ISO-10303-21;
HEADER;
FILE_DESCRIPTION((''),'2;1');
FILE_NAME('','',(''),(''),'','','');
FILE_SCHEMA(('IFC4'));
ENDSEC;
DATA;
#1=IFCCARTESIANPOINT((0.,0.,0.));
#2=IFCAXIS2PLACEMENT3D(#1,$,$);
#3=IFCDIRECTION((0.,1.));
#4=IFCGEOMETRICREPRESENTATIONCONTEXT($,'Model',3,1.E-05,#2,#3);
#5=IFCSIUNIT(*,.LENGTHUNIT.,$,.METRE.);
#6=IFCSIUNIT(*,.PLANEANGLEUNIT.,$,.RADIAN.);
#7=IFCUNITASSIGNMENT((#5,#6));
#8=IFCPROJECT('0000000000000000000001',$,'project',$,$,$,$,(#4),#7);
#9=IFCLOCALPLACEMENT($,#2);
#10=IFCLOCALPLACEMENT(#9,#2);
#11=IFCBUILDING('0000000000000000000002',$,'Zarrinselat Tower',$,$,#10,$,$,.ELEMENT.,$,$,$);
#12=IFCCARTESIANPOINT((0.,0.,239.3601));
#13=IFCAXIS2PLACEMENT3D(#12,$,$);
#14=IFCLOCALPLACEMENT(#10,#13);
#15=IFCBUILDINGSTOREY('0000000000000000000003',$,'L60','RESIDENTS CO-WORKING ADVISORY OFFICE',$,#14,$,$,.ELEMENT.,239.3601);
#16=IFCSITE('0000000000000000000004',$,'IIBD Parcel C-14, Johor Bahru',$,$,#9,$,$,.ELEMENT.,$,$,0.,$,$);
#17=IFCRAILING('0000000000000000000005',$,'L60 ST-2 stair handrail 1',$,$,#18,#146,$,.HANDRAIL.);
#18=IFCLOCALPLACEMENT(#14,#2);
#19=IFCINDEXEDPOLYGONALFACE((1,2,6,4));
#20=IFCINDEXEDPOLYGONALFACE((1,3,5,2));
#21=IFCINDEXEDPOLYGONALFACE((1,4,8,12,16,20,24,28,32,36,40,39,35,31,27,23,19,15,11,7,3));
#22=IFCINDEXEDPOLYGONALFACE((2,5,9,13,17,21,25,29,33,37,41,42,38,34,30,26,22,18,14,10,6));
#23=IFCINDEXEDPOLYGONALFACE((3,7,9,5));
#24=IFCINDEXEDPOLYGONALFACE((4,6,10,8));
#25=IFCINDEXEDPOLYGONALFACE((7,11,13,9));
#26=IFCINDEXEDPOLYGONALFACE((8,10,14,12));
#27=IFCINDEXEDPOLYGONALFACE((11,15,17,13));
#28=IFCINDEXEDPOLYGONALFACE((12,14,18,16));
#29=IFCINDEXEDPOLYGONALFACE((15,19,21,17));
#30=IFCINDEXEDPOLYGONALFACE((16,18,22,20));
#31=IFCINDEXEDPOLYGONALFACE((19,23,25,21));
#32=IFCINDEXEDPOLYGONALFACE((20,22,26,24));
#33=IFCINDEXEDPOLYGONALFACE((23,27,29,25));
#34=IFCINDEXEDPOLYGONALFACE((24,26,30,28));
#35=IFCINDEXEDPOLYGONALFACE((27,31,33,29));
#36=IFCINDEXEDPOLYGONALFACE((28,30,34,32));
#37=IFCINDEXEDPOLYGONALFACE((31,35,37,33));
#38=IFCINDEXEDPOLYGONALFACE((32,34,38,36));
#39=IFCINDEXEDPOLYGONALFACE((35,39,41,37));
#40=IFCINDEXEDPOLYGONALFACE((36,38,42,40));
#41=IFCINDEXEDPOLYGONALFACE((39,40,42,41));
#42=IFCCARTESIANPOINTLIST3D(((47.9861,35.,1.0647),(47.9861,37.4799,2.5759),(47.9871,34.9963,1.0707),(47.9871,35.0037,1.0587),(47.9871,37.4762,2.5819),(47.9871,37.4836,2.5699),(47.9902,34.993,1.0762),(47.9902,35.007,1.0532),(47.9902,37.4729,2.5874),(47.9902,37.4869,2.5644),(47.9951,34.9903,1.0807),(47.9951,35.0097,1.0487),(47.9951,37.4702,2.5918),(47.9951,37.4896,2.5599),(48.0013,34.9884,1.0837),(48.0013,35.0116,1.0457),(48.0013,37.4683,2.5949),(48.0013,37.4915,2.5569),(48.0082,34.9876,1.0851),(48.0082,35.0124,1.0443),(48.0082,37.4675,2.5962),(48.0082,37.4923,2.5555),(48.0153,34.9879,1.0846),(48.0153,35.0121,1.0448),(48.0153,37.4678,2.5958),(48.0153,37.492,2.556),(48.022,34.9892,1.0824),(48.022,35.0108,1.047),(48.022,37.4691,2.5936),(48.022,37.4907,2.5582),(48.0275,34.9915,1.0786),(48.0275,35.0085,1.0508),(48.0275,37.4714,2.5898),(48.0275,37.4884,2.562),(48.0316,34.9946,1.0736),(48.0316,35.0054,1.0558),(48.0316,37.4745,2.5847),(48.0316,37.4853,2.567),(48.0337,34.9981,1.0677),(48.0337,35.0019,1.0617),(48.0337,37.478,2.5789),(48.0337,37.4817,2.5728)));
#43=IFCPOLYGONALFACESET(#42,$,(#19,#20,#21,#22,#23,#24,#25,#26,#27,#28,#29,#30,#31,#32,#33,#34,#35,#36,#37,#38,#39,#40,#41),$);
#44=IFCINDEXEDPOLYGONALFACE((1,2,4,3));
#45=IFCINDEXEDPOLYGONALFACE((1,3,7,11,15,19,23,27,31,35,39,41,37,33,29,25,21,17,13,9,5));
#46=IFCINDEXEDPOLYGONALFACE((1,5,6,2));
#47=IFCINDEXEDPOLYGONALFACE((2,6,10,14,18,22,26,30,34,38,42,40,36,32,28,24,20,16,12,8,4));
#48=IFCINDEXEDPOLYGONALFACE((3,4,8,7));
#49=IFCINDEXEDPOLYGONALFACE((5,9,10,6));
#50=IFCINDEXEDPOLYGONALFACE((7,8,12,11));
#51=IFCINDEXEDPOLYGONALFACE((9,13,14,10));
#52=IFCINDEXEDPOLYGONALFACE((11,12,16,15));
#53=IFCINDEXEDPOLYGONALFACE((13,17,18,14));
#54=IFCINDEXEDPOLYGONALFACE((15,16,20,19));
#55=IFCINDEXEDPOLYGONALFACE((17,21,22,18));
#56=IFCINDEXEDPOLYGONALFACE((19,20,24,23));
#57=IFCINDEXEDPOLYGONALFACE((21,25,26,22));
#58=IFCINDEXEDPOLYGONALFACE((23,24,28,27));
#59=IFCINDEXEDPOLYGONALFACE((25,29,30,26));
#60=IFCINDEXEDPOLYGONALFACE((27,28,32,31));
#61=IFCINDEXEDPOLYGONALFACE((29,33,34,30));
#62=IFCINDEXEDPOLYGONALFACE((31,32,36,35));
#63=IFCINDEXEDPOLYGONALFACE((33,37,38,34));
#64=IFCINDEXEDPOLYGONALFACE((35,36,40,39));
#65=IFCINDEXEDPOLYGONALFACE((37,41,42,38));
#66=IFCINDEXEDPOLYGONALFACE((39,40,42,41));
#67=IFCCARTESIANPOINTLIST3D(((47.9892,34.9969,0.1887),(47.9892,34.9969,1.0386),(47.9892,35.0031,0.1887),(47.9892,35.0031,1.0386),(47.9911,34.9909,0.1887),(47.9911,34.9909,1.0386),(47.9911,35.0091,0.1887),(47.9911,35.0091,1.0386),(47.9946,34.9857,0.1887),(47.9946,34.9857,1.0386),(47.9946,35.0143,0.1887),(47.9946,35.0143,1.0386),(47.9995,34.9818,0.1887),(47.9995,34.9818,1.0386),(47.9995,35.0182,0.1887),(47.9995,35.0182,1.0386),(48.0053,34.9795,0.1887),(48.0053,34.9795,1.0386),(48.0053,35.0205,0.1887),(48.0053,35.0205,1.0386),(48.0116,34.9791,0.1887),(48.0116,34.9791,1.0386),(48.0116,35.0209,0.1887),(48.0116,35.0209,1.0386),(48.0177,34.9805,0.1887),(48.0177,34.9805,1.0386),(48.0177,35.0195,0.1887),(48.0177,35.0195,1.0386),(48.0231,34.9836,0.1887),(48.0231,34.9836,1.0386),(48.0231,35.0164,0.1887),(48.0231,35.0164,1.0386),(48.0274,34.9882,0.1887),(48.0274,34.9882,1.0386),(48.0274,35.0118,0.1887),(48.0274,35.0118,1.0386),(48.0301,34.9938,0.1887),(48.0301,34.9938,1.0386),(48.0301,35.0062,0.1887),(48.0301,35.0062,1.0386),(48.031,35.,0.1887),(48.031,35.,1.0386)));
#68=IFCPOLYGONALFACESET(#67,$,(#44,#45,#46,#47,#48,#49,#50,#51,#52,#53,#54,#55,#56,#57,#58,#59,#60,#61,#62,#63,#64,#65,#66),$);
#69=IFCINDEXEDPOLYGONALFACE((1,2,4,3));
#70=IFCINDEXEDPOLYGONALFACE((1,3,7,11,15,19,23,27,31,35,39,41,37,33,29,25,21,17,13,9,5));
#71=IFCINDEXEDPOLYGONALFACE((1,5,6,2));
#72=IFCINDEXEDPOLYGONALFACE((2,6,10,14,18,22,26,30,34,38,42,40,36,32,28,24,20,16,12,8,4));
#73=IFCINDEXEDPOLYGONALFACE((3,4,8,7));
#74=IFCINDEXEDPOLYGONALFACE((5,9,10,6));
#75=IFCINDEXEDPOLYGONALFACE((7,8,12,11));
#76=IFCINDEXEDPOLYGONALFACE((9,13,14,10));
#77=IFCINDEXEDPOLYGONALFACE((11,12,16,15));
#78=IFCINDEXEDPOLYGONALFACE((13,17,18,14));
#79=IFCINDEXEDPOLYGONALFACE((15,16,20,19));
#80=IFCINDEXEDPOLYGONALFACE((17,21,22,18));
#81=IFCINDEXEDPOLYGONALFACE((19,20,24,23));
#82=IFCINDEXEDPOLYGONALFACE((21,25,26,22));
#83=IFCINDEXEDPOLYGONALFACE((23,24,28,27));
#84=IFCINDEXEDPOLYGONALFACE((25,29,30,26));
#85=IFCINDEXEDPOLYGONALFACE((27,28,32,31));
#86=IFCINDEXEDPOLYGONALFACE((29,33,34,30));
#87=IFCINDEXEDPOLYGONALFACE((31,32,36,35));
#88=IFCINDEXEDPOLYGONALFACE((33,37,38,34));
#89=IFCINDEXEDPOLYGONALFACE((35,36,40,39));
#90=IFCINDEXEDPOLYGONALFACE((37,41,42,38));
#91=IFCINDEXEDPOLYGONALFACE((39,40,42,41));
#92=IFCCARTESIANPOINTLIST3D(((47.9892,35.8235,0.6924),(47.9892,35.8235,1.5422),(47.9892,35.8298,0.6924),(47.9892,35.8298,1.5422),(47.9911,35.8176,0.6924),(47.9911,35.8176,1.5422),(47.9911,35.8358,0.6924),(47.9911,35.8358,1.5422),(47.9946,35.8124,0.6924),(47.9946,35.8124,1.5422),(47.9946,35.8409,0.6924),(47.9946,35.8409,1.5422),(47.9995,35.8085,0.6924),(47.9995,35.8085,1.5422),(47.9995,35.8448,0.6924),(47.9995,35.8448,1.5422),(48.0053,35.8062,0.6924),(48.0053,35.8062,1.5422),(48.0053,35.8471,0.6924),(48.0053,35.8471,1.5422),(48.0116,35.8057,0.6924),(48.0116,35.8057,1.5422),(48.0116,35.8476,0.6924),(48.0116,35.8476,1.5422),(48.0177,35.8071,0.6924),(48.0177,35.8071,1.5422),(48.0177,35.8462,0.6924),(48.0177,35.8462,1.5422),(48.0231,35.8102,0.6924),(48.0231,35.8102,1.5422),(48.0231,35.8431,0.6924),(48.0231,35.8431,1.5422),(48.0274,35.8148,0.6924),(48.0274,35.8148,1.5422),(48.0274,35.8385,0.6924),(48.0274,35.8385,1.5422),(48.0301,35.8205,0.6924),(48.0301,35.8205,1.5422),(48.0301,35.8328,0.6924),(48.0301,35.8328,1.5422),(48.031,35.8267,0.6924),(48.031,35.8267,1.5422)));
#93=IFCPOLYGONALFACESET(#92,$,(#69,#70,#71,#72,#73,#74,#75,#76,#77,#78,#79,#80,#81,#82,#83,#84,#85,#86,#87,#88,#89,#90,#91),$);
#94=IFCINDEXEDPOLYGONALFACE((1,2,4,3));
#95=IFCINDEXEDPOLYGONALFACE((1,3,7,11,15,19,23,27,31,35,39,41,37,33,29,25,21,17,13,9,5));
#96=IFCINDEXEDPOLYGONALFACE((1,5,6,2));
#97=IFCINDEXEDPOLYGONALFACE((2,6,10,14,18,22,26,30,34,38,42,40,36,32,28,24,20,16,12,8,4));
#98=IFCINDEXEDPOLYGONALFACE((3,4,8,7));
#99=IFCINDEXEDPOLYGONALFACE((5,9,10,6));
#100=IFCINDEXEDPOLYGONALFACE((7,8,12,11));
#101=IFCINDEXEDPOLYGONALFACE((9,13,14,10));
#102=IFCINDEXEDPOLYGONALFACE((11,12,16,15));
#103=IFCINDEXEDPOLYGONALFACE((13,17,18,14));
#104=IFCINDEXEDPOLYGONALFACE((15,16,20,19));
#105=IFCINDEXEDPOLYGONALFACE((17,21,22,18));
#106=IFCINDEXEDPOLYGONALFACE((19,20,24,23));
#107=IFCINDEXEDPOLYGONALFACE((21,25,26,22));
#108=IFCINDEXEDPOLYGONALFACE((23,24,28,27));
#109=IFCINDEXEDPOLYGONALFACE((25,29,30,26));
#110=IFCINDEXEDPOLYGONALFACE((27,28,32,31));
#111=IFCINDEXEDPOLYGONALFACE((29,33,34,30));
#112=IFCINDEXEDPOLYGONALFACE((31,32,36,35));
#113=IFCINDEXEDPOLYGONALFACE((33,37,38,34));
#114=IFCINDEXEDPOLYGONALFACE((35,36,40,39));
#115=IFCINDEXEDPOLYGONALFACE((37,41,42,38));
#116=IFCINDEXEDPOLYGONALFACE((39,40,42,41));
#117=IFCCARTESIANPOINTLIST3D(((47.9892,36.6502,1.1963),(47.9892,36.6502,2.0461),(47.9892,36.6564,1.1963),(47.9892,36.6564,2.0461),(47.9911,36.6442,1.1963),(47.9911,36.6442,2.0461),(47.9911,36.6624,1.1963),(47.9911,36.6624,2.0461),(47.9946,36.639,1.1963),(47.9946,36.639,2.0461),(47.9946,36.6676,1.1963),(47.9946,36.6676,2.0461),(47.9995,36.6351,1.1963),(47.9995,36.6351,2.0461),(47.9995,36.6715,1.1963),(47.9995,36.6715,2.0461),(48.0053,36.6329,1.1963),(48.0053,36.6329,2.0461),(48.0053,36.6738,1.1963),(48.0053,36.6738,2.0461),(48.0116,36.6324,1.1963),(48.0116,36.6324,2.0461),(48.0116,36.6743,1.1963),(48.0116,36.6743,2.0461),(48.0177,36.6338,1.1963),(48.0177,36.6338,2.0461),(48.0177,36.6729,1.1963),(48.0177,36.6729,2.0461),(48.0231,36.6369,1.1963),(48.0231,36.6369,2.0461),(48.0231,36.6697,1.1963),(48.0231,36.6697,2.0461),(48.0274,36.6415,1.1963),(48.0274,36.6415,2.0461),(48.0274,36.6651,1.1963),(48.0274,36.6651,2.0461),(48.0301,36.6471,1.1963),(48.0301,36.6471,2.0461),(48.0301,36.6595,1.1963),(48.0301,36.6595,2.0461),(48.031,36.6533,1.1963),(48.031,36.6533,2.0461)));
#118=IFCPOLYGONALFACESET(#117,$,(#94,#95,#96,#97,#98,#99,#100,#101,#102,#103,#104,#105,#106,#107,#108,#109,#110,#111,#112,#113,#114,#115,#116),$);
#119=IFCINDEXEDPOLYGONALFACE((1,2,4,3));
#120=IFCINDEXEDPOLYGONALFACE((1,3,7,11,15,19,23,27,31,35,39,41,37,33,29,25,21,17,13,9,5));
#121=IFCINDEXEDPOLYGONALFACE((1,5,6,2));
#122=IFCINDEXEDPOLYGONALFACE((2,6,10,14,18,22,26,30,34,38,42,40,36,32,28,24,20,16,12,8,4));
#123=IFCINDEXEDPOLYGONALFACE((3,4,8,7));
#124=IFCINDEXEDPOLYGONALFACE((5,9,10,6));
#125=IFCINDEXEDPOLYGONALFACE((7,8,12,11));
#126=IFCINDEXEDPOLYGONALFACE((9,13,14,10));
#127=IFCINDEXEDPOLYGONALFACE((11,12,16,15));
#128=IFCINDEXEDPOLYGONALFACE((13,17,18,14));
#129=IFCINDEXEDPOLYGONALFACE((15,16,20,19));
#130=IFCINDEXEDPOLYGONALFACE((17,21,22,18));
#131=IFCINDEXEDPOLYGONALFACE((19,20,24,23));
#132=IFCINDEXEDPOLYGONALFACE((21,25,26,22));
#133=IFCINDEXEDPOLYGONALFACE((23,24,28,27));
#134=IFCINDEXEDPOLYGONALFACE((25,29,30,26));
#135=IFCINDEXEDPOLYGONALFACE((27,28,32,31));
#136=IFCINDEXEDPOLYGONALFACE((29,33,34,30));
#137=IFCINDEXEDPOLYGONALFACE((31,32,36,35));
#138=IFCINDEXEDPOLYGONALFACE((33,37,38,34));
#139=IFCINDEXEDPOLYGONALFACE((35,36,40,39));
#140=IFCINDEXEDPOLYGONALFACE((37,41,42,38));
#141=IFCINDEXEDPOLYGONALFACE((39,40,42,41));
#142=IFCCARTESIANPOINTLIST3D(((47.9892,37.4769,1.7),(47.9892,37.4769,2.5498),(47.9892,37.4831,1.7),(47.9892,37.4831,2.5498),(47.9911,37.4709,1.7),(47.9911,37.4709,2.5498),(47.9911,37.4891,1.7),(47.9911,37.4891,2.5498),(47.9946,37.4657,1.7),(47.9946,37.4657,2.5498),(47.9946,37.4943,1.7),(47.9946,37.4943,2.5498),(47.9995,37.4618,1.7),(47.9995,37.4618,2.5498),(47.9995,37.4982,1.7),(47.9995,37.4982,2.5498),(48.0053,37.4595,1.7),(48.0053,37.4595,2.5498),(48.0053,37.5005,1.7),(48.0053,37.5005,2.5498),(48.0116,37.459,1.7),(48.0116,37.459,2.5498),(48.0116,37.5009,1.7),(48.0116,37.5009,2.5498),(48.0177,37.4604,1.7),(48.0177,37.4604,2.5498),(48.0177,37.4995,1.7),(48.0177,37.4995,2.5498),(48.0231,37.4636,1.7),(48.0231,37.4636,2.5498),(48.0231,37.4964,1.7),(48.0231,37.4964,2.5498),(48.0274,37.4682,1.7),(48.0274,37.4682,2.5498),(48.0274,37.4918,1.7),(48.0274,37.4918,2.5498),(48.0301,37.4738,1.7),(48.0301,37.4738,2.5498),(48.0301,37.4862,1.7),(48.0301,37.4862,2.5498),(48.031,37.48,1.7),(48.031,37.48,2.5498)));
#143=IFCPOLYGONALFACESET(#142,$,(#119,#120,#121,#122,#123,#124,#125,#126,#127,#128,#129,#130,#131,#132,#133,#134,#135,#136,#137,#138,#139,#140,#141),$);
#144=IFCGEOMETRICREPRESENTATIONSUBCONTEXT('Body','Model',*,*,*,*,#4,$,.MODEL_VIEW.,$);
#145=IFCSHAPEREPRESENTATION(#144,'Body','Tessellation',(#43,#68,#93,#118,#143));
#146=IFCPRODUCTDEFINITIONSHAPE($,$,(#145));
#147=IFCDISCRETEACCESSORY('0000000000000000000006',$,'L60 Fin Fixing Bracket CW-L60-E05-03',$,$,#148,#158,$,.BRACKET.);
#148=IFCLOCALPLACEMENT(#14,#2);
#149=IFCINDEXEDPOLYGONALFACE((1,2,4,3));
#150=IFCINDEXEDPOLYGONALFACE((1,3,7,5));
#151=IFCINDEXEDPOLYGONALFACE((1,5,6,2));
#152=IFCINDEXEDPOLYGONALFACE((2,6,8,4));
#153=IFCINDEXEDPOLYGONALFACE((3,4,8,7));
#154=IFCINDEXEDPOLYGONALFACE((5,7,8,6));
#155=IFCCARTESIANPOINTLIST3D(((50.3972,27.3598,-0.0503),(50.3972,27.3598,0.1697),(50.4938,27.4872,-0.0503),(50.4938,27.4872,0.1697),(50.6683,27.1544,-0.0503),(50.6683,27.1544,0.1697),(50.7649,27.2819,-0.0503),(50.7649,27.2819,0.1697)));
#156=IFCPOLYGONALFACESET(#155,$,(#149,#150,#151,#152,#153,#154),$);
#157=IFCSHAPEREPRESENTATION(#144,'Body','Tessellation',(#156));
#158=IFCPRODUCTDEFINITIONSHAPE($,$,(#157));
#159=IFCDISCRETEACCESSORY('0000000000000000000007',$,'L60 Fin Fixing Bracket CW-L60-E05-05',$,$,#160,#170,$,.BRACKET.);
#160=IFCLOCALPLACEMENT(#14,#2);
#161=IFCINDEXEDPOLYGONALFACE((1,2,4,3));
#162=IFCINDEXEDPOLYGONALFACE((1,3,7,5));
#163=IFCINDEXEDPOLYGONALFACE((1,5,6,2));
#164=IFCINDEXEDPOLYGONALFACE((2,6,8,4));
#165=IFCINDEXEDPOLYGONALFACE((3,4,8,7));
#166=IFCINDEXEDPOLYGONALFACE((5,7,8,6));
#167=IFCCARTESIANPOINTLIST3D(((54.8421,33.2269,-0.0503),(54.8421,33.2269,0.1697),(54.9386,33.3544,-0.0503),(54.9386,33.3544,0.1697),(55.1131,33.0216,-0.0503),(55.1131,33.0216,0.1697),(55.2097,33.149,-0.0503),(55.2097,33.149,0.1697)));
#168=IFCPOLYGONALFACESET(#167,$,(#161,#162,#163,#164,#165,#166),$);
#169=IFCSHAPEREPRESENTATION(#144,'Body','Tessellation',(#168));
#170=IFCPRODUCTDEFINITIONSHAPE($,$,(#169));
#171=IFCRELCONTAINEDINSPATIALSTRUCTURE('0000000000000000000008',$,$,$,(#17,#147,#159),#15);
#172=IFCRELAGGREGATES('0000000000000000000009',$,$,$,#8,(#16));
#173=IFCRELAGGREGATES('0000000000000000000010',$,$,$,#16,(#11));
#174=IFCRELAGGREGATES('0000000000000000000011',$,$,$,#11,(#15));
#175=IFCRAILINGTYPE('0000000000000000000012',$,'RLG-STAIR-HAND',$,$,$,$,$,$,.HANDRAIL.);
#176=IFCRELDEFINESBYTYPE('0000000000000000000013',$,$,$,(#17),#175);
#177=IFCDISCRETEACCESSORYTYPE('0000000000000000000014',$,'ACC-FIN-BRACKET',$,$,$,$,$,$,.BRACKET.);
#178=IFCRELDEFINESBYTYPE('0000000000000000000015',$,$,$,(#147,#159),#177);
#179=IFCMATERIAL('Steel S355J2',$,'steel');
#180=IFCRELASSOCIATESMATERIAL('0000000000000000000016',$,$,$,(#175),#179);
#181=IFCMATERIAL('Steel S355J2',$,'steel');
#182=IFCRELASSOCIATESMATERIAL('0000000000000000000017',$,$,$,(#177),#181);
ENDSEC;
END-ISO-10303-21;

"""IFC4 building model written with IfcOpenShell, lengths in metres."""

from ifc_helpers import new_model, si_unit, direction, frame, origin, origin_2d, place, context, subcontext, project, spatial, rectangle, circle, extrude, material, type_object, element, save


model = new_model("IFC4")

# Units and contexts
model_context = context("Model", 3, precision=1e-05, world=origin(), true_north=direction((0.0, 1.0)))
body_context = subcontext(model_context, "Body", "Model", "MODEL_VIEW")
ifc_project = project(units=[si_unit("LENGTHUNIT", "METRE"), si_unit("PLANEANGLEUNIT", "RADIAN")], contexts=[model_context])

# Site, building, storey
site_placement = place(None, origin())
site = spatial("IfcSite", under=ifc_project, at=site_placement, Name="IIBD Parcel C-14, Johor Bahru", CompositionType="ELEMENT", RefElevation=0.0)
building_placement = place(site_placement, origin())
building = spatial("IfcBuilding", under=site, at=building_placement, Name="Zarrinselat Tower", CompositionType="ELEMENT")
storey_placement = place(building_placement, frame((0.0, 0.0, 239.3601)))
storey = spatial("IfcBuildingStorey", under=building, at=storey_placement, Name="L60", Description="RESIDENTS CO-WORKING ADVISORY OFFICE", CompositionType="ELEMENT", Elevation=239.3601)

# Railing
ifc_material_1 = material(Name="Steel S355J2", Category="steel")
railing_type_1 = type_object("IfcRailingType", Name="RLG-STAIR-HAND", PredefinedType="HANDRAIL", material=ifc_material_1)
railing_1_placement = place(storey_placement, frame((48.01, 35.0, 0.1887)))
element("IfcRailing", 1, at=railing_1_placement, inside=storey, type_object=railing_type_1, Name="L60 ST-2 stair handrail 1", PredefinedType="HANDRAIL", context=body_context, shape_type="SweptSolid", body=[
    extrude(circle(Radius=0.0239, at=origin_2d()), frame((0.0, 0.0, 0.876), z_axis=(0.0, 0.853942, 0.520368), x_axis=(-1.0, 0.0, 0.0)), (0.0, 0.0, 1.0), 2.9041),
    extrude(circle(Radius=0.021, at=origin_2d()), origin(), (0.0, 0.0, 1.0), 0.8499),
    extrude(circle(Radius=0.021, at=origin_2d()), frame((0.0, 0.8267, 0.5037)), (0.0, 0.0, 1.0), 0.8499),
    extrude(circle(Radius=0.021, at=origin_2d()), frame((0.0, 1.6533, 1.0076)), (0.0, 0.0, 1.0), 0.8499),
    extrude(circle(Radius=0.021, at=origin_2d()), frame((0.0, 2.48, 1.5112)), (0.0, 0.0, 1.0), 0.8499),
])

# Discrete accessories
ifc_material_2 = material(Name="Steel S355J2", Category="steel")
discrete_accessory_type = type_object("IfcDiscreteAccessoryType", Name="ACC-FIN-BRACKET", PredefinedType="BRACKET", material=ifc_material_2)
for number, where, z_axis, x_axis, name in (
    (2, (50.5811, 27.3208, -0.0503), (0.0, 0.0, 1.0), (0.797092, -0.603858, 0.0), "L60 Fin Fixing Bracket CW-L60-E05-03"),
    (3, (55.0259, 33.188, -0.0503), (0.0, 0.0, 1.0), (0.797092, -0.603858, 0.0), "L60 Fin Fixing Bracket CW-L60-E05-05"),
):
    element("IfcDiscreteAccessory", number, at=place(storey_placement, frame(where, z_axis=z_axis, x_axis=x_axis)), inside=storey, type_object=discrete_accessory_type, Name=name, PredefinedType="BRACKET", context=body_context, shape_type="SweptSolid", body=[
        extrude(rectangle(XDim=0.3401, YDim=0.1599, at=origin_2d()), origin(), (0.0, 0.0, 1.0), 0.22),
    ])

save(model, "model.ifc")
